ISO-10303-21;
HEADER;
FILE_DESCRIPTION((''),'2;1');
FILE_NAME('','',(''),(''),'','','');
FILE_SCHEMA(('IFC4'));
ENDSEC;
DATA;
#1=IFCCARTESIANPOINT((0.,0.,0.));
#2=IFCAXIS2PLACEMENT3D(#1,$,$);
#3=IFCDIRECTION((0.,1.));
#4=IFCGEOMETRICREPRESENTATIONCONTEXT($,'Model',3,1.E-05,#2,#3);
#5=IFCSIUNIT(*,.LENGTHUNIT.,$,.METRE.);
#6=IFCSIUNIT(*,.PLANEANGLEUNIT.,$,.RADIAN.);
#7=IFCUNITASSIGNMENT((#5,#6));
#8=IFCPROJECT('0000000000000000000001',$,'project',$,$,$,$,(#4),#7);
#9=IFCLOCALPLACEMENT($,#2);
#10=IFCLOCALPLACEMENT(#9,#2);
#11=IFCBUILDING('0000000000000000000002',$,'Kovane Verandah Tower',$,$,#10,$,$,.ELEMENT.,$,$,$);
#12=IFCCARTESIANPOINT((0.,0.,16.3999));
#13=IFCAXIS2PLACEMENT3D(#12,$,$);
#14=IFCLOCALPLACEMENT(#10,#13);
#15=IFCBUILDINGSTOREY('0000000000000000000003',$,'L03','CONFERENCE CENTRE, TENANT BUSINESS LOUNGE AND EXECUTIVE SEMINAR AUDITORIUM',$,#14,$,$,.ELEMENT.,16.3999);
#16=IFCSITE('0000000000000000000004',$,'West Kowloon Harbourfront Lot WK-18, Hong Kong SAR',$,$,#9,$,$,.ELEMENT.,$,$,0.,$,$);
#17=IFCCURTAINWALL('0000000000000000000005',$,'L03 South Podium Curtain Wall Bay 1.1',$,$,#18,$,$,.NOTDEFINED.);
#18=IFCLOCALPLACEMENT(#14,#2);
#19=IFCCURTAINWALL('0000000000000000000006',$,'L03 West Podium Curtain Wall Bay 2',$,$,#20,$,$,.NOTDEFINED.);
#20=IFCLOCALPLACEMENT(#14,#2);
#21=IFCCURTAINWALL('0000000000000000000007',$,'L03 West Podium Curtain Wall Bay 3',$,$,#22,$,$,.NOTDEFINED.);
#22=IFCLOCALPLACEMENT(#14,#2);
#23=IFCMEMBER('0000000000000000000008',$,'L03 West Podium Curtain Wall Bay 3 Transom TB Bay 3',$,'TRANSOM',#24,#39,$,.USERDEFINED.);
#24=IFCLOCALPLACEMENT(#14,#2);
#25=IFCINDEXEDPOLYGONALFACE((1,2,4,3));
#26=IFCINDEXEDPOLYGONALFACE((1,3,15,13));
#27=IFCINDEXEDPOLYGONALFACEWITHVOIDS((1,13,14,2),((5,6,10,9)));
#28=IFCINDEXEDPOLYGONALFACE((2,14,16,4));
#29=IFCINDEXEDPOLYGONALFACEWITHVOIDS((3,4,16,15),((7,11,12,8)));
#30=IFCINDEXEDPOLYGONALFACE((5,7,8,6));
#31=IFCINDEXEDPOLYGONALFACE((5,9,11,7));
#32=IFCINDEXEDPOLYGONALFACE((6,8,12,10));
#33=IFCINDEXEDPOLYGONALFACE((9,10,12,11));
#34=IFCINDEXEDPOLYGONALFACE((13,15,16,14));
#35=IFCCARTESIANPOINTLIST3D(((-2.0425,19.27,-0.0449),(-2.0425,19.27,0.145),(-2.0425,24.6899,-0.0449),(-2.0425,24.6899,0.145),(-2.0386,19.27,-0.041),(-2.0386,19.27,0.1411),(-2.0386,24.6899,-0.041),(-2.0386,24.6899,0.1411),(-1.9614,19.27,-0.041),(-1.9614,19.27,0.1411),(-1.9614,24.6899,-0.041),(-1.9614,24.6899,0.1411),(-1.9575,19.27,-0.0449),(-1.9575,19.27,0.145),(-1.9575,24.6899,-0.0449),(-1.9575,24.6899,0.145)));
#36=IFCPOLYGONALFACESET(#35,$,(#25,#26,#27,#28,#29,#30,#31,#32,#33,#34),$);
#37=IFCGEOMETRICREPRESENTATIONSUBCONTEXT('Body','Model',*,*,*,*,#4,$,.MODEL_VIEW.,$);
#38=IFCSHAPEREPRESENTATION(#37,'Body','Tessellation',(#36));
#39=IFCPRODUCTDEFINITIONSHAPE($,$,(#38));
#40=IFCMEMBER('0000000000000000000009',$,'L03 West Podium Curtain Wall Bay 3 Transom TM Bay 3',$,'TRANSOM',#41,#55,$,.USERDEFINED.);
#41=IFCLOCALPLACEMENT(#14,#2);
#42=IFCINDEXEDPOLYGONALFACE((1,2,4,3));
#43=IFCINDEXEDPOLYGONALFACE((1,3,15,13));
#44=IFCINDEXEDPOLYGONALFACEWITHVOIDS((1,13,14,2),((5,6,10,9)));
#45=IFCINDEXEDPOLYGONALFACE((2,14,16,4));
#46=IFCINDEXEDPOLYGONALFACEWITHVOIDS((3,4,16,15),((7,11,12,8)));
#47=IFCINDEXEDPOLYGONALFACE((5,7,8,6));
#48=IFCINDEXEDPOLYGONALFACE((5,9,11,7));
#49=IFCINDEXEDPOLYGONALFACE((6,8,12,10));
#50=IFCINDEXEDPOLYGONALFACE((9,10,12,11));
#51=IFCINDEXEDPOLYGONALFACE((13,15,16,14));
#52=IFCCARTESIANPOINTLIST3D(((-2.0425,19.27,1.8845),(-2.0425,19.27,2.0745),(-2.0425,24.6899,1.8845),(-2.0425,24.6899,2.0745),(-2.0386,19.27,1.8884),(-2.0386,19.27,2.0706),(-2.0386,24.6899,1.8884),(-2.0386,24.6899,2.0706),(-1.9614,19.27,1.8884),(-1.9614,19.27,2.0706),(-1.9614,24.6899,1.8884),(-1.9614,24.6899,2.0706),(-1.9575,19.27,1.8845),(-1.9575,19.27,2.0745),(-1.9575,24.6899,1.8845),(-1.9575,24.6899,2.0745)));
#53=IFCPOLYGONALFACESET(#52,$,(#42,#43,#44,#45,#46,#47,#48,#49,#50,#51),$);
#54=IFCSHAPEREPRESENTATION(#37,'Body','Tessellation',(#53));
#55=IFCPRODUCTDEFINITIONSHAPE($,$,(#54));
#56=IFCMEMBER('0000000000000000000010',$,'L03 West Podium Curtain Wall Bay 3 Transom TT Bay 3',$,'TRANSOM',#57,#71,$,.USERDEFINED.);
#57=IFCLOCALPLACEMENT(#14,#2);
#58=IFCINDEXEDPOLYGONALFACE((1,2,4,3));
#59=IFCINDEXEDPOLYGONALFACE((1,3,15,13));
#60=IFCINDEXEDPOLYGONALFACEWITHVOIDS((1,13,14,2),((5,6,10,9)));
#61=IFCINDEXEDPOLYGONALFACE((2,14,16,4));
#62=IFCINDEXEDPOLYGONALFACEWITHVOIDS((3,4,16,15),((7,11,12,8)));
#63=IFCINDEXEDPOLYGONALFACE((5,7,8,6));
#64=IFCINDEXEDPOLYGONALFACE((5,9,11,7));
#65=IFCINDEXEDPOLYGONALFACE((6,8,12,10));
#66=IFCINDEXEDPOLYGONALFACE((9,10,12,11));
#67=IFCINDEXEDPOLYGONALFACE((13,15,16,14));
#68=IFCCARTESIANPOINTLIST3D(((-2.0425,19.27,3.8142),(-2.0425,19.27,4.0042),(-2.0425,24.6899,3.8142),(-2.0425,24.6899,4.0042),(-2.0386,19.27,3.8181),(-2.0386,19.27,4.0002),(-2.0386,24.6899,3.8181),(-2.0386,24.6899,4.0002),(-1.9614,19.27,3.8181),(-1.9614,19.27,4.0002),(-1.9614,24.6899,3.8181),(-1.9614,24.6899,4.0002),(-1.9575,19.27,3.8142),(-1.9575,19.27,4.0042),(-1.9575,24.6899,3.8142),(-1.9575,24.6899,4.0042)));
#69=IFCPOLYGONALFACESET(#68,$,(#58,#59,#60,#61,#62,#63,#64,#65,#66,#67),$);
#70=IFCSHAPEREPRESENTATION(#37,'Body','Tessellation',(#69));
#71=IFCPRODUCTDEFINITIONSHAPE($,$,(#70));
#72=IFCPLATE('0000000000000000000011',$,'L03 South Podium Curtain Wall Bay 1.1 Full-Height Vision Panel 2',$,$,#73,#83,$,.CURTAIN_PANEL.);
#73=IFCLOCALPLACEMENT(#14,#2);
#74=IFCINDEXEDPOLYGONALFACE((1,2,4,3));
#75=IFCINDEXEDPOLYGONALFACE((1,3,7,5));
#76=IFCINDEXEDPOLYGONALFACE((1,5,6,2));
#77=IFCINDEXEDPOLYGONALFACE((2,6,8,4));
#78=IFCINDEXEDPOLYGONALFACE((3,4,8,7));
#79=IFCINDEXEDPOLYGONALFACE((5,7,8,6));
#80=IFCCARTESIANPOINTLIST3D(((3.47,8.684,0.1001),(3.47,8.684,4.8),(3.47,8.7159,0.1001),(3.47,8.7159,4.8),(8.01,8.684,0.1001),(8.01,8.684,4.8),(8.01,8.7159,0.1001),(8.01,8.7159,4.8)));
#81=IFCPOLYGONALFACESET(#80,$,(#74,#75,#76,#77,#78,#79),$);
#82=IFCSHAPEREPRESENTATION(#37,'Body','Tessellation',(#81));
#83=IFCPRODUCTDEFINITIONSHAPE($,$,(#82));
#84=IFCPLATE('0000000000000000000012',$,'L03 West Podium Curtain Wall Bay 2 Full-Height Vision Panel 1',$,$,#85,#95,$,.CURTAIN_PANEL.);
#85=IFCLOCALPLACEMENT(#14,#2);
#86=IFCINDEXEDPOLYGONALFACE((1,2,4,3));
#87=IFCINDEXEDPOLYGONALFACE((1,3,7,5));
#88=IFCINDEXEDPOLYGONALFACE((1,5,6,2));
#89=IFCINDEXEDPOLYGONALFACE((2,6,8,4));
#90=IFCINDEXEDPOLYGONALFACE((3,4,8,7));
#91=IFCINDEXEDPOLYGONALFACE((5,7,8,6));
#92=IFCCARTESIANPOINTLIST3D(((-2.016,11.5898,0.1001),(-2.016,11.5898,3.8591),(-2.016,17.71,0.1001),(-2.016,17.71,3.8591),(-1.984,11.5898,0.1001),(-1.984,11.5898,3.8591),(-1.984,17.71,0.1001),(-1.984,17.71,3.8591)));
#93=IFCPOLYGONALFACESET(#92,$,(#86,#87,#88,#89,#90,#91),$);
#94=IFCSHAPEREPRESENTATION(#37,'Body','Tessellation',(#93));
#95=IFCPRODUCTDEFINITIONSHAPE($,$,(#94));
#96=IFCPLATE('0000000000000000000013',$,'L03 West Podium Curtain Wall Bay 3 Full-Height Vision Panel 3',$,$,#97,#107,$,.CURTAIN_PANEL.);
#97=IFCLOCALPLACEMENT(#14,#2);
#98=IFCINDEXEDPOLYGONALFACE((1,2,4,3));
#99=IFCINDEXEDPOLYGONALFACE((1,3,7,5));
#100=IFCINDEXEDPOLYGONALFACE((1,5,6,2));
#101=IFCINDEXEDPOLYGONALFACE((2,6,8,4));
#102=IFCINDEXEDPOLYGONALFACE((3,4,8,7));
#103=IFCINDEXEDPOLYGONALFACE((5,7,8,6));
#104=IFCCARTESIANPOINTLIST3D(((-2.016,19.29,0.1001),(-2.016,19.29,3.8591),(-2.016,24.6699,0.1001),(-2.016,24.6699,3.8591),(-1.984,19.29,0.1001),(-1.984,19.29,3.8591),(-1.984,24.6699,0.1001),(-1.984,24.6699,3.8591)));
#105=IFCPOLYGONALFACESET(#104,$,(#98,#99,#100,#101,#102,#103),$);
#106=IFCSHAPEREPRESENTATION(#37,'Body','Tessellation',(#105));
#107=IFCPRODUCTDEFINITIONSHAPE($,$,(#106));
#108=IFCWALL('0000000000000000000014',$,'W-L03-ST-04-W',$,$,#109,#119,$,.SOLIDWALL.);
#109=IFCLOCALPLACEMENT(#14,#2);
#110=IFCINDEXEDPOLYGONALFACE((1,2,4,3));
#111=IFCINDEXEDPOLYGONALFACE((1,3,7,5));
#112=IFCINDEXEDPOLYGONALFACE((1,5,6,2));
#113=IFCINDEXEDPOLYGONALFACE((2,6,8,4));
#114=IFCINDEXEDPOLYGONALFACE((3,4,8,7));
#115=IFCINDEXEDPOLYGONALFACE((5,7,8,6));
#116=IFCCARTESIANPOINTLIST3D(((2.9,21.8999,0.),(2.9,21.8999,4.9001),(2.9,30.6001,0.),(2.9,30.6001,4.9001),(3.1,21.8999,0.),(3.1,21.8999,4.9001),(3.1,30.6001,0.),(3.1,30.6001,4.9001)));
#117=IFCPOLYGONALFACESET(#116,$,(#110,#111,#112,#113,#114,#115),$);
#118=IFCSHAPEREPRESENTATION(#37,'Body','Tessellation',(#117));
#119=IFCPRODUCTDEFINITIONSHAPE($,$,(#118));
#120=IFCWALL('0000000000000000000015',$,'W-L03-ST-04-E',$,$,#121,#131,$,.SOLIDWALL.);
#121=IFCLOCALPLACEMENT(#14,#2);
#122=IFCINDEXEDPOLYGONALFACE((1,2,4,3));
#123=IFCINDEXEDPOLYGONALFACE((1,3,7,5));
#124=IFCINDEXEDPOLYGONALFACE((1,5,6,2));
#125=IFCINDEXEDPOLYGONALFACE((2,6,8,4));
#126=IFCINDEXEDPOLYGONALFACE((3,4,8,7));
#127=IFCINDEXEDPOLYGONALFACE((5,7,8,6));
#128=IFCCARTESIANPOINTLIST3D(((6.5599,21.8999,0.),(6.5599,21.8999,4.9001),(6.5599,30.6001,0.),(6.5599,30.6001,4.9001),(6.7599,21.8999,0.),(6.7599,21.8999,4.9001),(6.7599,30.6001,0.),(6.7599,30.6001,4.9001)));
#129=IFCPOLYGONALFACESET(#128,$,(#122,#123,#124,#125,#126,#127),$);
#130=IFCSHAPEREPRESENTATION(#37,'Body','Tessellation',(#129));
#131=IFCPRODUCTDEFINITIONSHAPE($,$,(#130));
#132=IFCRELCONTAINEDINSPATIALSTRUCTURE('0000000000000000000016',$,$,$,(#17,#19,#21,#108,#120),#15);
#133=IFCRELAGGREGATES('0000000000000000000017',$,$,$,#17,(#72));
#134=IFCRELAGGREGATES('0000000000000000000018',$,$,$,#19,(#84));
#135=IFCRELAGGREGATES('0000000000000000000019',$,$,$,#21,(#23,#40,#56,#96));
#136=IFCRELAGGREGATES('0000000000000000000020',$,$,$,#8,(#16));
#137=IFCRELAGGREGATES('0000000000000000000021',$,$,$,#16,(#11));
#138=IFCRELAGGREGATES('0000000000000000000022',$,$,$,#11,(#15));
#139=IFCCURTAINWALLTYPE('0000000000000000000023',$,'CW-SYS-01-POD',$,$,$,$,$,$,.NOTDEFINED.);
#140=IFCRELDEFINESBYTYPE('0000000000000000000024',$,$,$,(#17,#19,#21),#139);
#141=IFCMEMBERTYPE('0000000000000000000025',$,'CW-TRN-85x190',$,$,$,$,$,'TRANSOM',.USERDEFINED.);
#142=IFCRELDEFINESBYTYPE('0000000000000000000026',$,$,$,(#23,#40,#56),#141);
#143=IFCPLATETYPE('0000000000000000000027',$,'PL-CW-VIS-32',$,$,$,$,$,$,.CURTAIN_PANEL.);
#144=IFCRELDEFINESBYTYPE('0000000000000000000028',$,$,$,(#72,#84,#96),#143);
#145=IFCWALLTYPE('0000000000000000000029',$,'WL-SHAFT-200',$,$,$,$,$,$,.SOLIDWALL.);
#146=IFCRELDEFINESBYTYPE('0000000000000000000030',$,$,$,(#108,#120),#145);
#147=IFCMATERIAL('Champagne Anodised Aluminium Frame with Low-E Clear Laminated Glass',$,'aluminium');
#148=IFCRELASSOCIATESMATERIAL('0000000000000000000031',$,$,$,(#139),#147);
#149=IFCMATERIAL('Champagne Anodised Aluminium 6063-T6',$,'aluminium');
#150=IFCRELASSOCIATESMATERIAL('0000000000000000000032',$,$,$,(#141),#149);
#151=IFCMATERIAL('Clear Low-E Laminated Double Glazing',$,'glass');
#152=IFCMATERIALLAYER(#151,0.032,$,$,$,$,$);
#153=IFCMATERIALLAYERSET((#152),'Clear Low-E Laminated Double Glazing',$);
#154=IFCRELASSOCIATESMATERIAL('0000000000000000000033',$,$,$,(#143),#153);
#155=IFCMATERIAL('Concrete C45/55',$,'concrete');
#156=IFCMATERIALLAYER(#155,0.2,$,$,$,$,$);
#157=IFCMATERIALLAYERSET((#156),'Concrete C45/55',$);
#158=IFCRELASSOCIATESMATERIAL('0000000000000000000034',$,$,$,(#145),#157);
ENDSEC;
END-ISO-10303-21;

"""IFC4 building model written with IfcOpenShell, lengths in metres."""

from ifc_helpers import new_model, si_unit, direction, frame, frame_2d, origin, origin_2d, place, context, subcontext, project, spatial, rectangle, hollow_rectangle, extrude, material, layer, layer_set, material_profile, profile_set, type_object, element, aggregate, save


model = new_model("IFC4")

# Units and contexts
model_context = context("Model", 3, precision=1e-05, world=origin(), true_north=direction((0.0, 1.0)))
body_context = subcontext(model_context, "Body", "Model", "MODEL_VIEW")
ifc_project = project(units=[si_unit("LENGTHUNIT", "METRE"), si_unit("PLANEANGLEUNIT", "RADIAN")], contexts=[model_context])

# Site, building, storey
site_placement = place(None, origin())
site = spatial("IfcSite", under=ifc_project, at=site_placement, Name="West Kowloon Harbourfront Lot WK-18, Hong Kong SAR", CompositionType="ELEMENT", RefElevation=0.0)
building_placement = place(site_placement, origin())
building = spatial("IfcBuilding", under=site, at=building_placement, Name="Kovane Verandah Tower", CompositionType="ELEMENT")
storey_placement = place(building_placement, frame((0.0, 0.0, 16.3999)))
storey = spatial("IfcBuildingStorey", under=building, at=storey_placement, Name="L03", Description="CONFERENCE CENTRE, TENANT BUSINESS LOUNGE AND EXECUTIVE SEMINAR AUDITORIUM", CompositionType="ELEMENT", Elevation=16.3999)

# Curtain wall
ifc_material_1 = material(Name="Champagne Anodised Aluminium Frame with Low-E Clear Laminated Glass", Category="aluminium")
curtain_wall_type = type_object("IfcCurtainWallType", Name="CW-SYS-01-POD", PredefinedType="NOTDEFINED", material=ifc_material_1)
curtain_wall_1_placement = place(storey_placement, origin())
curtain_wall_1 = element("IfcCurtainWall", 1, at=curtain_wall_1_placement, inside=storey, type_object=curtain_wall_type, Name="L03 South Podium Curtain Wall Bay 1.1", PredefinedType="NOTDEFINED")
ifc_material_2 = material(Name="Champagne Anodised Aluminium 6063-T6", Category="aluminium")

# Curtain walls
curtain_wall_2_placement = place(storey_placement, origin())
curtain_wall_2 = element("IfcCurtainWall", 2, at=curtain_wall_2_placement, inside=storey, type_object=curtain_wall_type, Name="L03 West Podium Curtain Wall Bay 2", PredefinedType="NOTDEFINED")
curtain_wall_3_placement = place(storey_placement, origin())
curtain_wall_3 = element("IfcCurtainWall", 3, at=curtain_wall_3_placement, inside=storey, type_object=curtain_wall_type, Name="L03 West Podium Curtain Wall Bay 3", PredefinedType="NOTDEFINED")

# Members
ifc_material_profile_1 = material_profile(ifc_material_2, hollow_rectangle(XDim=0.085, YDim=0.1899, WallThickness=0.0039, at=origin_2d()), Name="AL85x190x4")
ifc_profile_set_1 = profile_set([ifc_material_profile_1], Name="Champagne Anodised Aluminium 6063-T6")
member_type_1 = type_object("IfcMemberType", Name="CW-TRN-85x190", ElementType="TRANSOM", PredefinedType="USERDEFINED", material=ifc_profile_set_1)
member_1_placement = place(storey_placement, frame((-2.0, 24.6899, 0.05), z_axis=(0.0, -1.0, 0.0), x_axis=(1.0, 0.0, 0.0)))
member_1 = element("IfcMember", 4, at=member_1_placement, type_object=member_type_1, Name="L03 West Podium Curtain Wall Bay 3 Transom TB Bay 3", ObjectType="TRANSOM", PredefinedType="USERDEFINED", context=body_context, shape_type="SweptSolid", body=[
    extrude(hollow_rectangle(XDim=0.085, YDim=0.1899, WallThickness=0.0039, at=origin_2d()), origin(), (0.0, 0.0, 1.0), 5.4199),
])
member_2_placement = place(storey_placement, frame((-2.0, 24.6899, 1.9795), z_axis=(0.0, -1.0, 0.0), x_axis=(1.0, 0.0, 0.0)))
member_2 = element("IfcMember", 5, at=member_2_placement, type_object=member_type_1, Name="L03 West Podium Curtain Wall Bay 3 Transom TM Bay 3", ObjectType="TRANSOM", PredefinedType="USERDEFINED", context=body_context, shape_type="SweptSolid", body=[
    extrude(hollow_rectangle(XDim=0.085, YDim=0.1899, WallThickness=0.0039, at=origin_2d()), origin(), (0.0, 0.0, 1.0), 5.4199),
])
member_3_placement = place(storey_placement, frame((-2.0, 24.6899, 3.9092), z_axis=(0.0, -1.0, 0.0), x_axis=(1.0, 0.0, 0.0)))
member_3 = element("IfcMember", 6, at=member_3_placement, type_object=member_type_1, Name="L03 West Podium Curtain Wall Bay 3 Transom TT Bay 3", ObjectType="TRANSOM", PredefinedType="USERDEFINED", context=body_context, shape_type="SweptSolid", body=[
    extrude(hollow_rectangle(XDim=0.085, YDim=0.1899, WallThickness=0.0039, at=origin_2d()), origin(), (0.0, 0.0, 1.0), 5.4199),
])

# Plates
ifc_material_3 = material(Name="Clear Low-E Laminated Double Glazing", Category="glass")
ifc_layer_1 = layer(ifc_material_3, 0.032)
ifc_layer_set_1 = layer_set([ifc_layer_1], Name="Clear Low-E Laminated Double Glazing")
plate_type = type_object("IfcPlateType", Name="PL-CW-VIS-32", PredefinedType="CURTAIN_PANEL", material=ifc_layer_set_1)
plate_1_placement = place(storey_placement, frame((5.74, 8.7, 0.1001), z_axis=(0.0, 0.0, 1.0), x_axis=(1.0, 0.0, 0.0)))
plate_1 = element("IfcPlate", 7, at=plate_1_placement, type_object=plate_type, Name="L03 South Podium Curtain Wall Bay 1.1 Full-Height Vision Panel 2", PredefinedType="CURTAIN_PANEL", context=body_context, shape_type="SweptSolid", body=[
    extrude(rectangle(XDim=4.54, YDim=0.032, at=origin_2d()), origin(), (0.0, 0.0, 1.0), 4.7),
])
aggregate(curtain_wall_1, [plate_1])
plate_2_placement = place(storey_placement, frame((-2.0, 14.6499, 0.1001), z_axis=(0.0, 0.0, 1.0), x_axis=(0.0, -1.0, 0.0)))
plate_2 = element("IfcPlate", 8, at=plate_2_placement, type_object=plate_type, Name="L03 West Podium Curtain Wall Bay 2 Full-Height Vision Panel 1", PredefinedType="CURTAIN_PANEL", context=body_context, shape_type="SweptSolid", body=[
    extrude(rectangle(XDim=6.1201, YDim=0.032, at=origin_2d()), origin(), (0.0, 0.0, 1.0), 3.759),
])
aggregate(curtain_wall_2, [plate_2])
plate_3_placement = place(storey_placement, frame((-2.0, 21.98, 0.1001), z_axis=(0.0, 0.0, 1.0), x_axis=(0.0, -1.0, 0.0)))
plate_3 = element("IfcPlate", 9, at=plate_3_placement, type_object=plate_type, Name="L03 West Podium Curtain Wall Bay 3 Full-Height Vision Panel 3", PredefinedType="CURTAIN_PANEL", context=body_context, shape_type="SweptSolid", body=[
    extrude(rectangle(XDim=5.3799, YDim=0.032, at=origin_2d()), origin(), (0.0, 0.0, 1.0), 3.759),
])
aggregate(curtain_wall_3, [member_1, member_2, member_3, plate_3])

# Walls
ifc_material_4 = material(Name="Concrete C45/55", Category="concrete")
ifc_layer_2 = layer(ifc_material_4, 0.2)
ifc_layer_set_2 = layer_set([ifc_layer_2], Name="Concrete C45/55")
wall_type = type_object("IfcWallType", Name="WL-SHAFT-200", PredefinedType="SOLIDWALL", material=ifc_layer_set_2)
for number, where, z_axis, x_axis, name in (
    (10, (3.0, 21.8999, 0.0), (0.0, 0.0, 1.0), (0.0, 1.0, 0.0), "W-L03-ST-04-W"),
    (11, (6.6599, 21.8999, 0.0), (0.0, 0.0, 1.0), (0.0, 1.0, 0.0), "W-L03-ST-04-E"),
):
    element("IfcWall", number, at=place(storey_placement, frame(where, z_axis=z_axis, x_axis=x_axis)), inside=storey, type_object=wall_type, Name=name, PredefinedType="SOLIDWALL", context=body_context, shape_type="SweptSolid", body=[
        extrude(rectangle(XDim=8.7002, YDim=0.2, at=frame_2d((4.3501, 0.0))), origin(), (0.0, 0.0, 1.0), 4.9001),
    ])

save(model, "model.ifc")
